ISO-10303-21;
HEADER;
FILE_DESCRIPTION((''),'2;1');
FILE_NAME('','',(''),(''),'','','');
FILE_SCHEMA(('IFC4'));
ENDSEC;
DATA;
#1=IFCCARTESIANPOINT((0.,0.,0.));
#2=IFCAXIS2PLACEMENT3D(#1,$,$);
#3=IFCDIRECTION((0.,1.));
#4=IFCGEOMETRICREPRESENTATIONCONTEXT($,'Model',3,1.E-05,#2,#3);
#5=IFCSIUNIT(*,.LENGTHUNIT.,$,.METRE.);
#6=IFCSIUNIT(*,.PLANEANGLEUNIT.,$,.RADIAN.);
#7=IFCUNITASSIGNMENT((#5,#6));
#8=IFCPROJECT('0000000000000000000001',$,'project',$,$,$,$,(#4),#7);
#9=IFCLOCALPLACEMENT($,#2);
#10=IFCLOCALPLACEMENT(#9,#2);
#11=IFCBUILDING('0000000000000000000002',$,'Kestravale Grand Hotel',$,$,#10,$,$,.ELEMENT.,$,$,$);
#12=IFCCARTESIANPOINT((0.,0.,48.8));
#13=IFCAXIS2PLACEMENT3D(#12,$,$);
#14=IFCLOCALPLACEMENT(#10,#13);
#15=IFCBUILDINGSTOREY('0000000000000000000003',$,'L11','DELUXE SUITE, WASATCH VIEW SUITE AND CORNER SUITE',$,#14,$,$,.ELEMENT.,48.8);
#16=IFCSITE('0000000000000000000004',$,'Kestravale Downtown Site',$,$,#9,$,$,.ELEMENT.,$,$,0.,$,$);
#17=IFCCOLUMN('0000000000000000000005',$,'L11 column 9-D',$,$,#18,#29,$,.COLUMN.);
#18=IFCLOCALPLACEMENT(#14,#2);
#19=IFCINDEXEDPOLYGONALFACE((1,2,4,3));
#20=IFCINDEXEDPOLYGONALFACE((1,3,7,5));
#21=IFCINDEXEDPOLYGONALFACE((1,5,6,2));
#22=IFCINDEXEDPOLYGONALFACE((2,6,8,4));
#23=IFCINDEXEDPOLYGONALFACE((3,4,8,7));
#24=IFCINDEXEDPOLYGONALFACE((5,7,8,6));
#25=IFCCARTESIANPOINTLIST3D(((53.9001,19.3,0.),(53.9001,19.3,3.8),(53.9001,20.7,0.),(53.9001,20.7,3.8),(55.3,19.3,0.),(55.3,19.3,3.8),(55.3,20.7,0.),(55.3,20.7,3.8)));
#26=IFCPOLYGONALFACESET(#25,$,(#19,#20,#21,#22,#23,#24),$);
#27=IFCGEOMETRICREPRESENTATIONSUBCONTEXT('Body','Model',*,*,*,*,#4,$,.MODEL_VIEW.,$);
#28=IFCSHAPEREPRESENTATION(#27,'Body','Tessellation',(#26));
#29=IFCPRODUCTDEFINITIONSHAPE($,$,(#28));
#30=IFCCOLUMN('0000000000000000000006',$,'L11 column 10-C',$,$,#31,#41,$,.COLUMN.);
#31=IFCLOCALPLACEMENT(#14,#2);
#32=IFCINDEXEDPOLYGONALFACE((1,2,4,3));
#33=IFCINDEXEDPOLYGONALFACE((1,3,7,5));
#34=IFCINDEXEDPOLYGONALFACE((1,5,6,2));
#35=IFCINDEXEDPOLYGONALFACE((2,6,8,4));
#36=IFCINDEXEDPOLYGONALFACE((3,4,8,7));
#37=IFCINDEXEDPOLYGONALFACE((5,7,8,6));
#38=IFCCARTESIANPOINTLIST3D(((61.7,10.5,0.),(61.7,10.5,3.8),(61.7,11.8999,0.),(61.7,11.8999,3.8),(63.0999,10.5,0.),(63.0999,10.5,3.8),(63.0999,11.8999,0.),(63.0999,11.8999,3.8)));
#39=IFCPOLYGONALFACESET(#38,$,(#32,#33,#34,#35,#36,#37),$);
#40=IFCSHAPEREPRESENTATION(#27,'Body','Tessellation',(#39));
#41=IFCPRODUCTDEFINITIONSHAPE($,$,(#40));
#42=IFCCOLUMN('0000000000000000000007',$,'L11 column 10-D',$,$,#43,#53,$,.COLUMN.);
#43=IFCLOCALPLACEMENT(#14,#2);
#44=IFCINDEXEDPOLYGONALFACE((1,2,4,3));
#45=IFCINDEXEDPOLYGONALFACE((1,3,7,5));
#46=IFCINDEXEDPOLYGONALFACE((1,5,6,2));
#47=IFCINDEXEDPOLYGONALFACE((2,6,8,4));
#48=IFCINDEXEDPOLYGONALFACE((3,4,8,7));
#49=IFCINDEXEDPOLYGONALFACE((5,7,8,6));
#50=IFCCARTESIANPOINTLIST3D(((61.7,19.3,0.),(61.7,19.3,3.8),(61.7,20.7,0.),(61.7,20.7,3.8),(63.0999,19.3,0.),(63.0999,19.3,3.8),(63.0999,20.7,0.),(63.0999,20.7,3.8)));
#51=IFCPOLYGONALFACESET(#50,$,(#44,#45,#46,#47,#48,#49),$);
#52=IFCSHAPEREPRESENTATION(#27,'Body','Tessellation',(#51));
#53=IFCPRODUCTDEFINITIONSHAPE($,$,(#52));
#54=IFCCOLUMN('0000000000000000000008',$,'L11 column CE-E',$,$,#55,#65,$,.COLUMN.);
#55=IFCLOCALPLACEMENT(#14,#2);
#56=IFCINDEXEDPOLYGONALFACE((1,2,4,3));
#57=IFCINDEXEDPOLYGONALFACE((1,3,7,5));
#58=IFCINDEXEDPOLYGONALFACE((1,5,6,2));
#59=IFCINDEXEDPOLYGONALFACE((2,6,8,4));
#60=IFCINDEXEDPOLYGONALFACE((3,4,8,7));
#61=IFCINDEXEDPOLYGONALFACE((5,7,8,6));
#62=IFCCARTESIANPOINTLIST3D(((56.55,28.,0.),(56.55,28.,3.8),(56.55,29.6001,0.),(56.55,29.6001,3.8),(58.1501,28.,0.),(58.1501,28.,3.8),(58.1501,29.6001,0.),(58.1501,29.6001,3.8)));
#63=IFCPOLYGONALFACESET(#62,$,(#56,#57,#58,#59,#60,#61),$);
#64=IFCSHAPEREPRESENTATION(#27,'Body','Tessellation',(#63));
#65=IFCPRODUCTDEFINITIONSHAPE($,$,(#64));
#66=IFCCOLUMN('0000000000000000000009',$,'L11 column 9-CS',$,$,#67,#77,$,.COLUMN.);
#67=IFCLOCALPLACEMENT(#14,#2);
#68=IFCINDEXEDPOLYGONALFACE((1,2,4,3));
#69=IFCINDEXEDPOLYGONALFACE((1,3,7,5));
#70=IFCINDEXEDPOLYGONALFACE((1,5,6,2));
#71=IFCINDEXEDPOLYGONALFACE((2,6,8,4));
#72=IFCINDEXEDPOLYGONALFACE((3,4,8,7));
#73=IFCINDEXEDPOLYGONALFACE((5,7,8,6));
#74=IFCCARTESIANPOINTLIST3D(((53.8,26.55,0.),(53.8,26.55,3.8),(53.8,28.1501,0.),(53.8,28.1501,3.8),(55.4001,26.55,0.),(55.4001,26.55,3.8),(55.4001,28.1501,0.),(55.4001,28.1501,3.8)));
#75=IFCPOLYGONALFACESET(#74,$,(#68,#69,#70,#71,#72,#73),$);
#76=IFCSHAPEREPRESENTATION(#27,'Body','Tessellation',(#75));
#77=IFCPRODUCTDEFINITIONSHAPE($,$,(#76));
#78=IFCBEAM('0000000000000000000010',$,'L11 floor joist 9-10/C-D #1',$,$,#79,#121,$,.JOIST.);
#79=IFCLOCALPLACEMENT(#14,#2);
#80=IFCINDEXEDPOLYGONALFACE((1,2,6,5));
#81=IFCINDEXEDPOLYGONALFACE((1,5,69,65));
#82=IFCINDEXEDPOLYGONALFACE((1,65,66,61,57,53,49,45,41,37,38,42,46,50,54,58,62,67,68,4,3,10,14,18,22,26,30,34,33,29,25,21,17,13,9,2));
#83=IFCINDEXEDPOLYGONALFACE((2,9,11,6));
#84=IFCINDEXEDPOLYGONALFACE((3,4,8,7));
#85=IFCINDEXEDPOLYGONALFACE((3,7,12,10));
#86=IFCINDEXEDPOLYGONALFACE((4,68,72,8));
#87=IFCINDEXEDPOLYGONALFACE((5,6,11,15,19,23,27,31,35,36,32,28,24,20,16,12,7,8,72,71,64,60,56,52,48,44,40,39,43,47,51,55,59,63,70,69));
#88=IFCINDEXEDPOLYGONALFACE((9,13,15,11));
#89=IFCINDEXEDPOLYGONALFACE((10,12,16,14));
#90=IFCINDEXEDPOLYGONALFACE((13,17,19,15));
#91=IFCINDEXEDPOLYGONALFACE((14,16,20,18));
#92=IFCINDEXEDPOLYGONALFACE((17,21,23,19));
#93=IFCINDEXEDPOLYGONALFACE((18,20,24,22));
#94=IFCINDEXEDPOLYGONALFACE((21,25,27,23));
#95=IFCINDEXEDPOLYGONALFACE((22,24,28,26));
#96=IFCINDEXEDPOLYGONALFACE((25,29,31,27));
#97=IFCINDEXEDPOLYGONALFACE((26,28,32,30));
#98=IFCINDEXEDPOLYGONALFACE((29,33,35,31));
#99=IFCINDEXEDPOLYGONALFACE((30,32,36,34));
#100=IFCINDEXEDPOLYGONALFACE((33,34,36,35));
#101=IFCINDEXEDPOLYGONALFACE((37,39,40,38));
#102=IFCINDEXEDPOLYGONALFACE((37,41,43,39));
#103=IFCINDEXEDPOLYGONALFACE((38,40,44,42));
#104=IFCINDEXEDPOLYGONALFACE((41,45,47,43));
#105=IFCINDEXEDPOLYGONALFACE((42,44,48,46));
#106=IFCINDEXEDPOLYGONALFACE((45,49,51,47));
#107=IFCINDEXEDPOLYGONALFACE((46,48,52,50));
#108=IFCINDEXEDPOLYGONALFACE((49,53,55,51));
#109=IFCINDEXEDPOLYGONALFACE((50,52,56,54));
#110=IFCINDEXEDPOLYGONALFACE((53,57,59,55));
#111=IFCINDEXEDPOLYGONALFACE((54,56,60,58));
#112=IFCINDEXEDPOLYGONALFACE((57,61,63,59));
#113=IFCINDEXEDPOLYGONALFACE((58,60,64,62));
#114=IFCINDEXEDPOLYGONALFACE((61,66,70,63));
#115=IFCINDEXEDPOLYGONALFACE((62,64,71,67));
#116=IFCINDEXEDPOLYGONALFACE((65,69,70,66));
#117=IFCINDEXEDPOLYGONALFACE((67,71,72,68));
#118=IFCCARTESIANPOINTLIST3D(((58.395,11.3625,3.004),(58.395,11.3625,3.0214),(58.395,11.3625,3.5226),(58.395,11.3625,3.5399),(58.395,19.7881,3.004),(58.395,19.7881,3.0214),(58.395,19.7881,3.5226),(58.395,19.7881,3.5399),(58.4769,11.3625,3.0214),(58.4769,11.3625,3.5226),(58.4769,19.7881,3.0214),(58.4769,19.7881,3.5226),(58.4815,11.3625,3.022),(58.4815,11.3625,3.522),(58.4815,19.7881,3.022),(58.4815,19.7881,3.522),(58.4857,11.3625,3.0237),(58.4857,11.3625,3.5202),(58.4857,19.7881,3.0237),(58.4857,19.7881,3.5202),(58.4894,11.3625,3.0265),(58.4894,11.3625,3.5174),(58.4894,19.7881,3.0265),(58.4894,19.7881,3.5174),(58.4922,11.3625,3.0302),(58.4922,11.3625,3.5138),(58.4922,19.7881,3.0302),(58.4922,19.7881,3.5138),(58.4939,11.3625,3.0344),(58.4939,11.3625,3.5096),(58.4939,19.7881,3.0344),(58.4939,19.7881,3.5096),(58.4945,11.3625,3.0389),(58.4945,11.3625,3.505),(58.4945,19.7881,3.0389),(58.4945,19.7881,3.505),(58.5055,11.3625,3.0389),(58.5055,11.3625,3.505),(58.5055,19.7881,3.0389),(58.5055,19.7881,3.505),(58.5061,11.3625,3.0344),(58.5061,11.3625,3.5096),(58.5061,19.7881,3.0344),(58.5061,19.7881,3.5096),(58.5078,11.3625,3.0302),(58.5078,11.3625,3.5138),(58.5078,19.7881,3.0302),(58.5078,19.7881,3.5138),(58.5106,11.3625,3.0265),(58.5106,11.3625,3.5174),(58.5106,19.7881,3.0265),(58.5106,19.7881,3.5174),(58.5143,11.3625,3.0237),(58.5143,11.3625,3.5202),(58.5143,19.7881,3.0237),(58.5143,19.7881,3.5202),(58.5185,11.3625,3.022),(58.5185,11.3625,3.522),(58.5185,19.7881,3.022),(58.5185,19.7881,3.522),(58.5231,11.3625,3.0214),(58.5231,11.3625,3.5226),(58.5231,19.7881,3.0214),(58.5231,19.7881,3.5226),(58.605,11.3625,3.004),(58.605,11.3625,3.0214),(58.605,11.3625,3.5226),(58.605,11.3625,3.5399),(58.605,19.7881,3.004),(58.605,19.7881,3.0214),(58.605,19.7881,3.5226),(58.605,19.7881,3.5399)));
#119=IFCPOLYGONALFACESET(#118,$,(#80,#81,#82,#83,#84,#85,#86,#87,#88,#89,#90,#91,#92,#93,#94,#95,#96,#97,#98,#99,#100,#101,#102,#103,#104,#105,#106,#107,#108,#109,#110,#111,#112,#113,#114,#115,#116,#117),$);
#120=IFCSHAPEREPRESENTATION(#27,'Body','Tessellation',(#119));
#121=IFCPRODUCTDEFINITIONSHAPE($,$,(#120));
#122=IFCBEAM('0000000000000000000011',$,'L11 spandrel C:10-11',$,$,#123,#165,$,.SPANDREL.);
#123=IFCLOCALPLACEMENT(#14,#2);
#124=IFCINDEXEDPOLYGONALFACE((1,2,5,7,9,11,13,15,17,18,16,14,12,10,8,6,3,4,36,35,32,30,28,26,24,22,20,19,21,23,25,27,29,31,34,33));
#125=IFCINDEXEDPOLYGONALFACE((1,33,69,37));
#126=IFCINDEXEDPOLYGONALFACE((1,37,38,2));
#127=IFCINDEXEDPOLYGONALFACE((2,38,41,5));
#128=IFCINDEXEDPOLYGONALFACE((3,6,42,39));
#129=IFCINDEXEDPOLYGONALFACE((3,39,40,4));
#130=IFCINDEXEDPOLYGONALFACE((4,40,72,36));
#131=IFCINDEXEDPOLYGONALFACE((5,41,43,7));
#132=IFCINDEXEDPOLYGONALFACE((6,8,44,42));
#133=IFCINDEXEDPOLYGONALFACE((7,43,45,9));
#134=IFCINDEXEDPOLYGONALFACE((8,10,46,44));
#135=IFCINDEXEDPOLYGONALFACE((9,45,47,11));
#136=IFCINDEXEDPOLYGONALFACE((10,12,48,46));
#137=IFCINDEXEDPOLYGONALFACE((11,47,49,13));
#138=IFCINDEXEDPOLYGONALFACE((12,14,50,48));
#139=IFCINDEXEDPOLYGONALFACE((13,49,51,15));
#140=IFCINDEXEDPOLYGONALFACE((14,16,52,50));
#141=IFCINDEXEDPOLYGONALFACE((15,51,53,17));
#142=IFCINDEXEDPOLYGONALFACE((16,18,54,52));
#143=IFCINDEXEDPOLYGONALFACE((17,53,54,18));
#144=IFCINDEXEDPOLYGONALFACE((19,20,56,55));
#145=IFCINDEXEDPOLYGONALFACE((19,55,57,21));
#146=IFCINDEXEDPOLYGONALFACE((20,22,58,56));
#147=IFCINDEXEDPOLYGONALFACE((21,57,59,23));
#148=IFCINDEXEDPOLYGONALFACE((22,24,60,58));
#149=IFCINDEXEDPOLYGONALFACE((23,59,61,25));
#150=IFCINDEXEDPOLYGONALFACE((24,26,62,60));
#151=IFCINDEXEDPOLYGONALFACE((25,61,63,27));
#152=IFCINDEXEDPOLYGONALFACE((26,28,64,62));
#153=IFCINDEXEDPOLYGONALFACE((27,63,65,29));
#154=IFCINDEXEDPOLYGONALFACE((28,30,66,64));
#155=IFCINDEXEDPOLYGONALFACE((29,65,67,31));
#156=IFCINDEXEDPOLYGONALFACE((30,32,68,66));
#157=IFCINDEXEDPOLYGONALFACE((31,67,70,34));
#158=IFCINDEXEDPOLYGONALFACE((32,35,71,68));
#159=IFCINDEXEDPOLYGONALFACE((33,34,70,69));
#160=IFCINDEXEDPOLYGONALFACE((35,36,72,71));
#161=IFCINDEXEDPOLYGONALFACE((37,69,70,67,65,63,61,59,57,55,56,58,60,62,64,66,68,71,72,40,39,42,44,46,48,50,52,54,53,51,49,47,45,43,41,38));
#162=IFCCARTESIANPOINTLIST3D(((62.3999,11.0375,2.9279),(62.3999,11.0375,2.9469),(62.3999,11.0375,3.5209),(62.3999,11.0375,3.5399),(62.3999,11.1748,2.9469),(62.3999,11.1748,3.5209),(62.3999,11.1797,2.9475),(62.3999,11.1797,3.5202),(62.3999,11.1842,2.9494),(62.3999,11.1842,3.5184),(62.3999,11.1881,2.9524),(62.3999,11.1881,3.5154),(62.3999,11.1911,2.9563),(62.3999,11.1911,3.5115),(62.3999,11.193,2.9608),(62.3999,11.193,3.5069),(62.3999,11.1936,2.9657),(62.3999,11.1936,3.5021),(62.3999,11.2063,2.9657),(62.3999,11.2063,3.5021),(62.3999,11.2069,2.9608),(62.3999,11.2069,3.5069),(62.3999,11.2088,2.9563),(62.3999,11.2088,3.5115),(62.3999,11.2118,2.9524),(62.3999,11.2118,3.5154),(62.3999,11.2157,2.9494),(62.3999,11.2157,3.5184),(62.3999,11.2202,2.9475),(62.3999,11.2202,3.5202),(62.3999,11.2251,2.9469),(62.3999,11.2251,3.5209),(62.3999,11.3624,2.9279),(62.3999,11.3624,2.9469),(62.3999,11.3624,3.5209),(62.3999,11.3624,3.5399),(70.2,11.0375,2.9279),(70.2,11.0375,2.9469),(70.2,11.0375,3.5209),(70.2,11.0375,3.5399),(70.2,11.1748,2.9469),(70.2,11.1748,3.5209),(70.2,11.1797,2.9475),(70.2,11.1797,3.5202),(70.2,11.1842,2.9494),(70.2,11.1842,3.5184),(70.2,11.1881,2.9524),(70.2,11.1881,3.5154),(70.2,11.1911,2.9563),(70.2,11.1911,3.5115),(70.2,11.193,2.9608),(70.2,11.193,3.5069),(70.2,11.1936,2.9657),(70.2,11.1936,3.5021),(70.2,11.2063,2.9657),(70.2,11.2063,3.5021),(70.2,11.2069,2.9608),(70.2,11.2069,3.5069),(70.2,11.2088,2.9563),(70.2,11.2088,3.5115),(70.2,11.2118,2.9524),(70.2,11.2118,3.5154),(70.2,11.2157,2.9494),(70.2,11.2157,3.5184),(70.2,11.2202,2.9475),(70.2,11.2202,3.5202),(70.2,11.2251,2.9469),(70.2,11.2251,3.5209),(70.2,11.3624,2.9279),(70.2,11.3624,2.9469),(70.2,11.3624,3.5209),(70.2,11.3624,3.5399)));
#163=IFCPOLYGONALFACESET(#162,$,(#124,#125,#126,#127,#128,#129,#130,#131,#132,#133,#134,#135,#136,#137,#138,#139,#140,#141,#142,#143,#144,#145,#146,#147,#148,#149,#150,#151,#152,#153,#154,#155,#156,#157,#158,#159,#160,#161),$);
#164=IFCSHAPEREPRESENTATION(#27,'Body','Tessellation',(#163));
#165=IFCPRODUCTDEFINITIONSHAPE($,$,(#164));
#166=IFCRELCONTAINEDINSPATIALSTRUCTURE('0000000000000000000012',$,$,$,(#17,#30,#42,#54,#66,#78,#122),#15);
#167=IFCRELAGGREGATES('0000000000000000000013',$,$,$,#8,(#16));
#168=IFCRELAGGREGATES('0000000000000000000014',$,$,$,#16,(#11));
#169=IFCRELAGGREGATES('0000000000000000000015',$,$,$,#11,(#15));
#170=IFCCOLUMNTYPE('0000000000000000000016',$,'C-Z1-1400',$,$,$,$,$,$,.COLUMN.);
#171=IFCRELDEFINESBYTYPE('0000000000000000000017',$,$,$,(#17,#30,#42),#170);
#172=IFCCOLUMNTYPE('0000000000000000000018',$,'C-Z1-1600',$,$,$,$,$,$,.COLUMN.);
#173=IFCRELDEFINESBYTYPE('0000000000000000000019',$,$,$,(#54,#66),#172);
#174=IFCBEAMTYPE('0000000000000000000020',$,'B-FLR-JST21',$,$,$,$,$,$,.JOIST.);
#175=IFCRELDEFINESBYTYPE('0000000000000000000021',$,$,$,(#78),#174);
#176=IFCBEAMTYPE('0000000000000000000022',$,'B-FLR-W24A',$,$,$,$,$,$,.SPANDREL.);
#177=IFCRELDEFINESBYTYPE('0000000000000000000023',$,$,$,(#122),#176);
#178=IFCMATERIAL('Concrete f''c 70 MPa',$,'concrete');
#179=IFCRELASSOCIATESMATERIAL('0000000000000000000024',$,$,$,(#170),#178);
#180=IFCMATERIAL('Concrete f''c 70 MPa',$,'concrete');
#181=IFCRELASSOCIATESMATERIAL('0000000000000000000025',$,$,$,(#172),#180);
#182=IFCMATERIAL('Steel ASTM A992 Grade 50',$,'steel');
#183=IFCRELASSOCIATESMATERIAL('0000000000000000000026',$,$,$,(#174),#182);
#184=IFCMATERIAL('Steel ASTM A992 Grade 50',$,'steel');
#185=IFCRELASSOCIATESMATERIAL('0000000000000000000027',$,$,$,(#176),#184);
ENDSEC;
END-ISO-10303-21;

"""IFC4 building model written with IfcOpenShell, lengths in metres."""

from ifc_helpers import new_model, si_unit, direction, frame, origin, origin_2d, place, context, subcontext, project, spatial, rectangle, i_section, extrude, material, material_profile, profile_set, type_object, element, save


model = new_model("IFC4")

# Units and contexts
model_context = context("Model", 3, precision=1e-05, world=origin(), true_north=direction((0.0, 1.0)))
body_context = subcontext(model_context, "Body", "Model", "MODEL_VIEW")
ifc_project = project(units=[si_unit("LENGTHUNIT", "METRE"), si_unit("PLANEANGLEUNIT", "RADIAN")], contexts=[model_context])

# Site, building, storey
site_placement = place(None, origin())
site = spatial("IfcSite", under=ifc_project, at=site_placement, Name="Kestravale Downtown Site", CompositionType="ELEMENT", RefElevation=0.0)
building_placement = place(site_placement, origin())
building = spatial("IfcBuilding", under=site, at=building_placement, Name="Kestravale Grand Hotel", CompositionType="ELEMENT")
storey_placement = place(building_placement, frame((0.0, 0.0, 48.8)))
storey = spatial("IfcBuildingStorey", under=building, at=storey_placement, Name="L11", Description="DELUXE SUITE, WASATCH VIEW SUITE AND CORNER SUITE", CompositionType="ELEMENT", Elevation=48.8)

# Columns
ifc_material_1 = material(Name="Concrete f'c 70 MPa", Category="concrete")
ifc_material_profile_1 = material_profile(ifc_material_1, rectangle(XDim=1.3999, YDim=1.3999, at=origin_2d()))
ifc_profile_set_1 = profile_set([ifc_material_profile_1], Name="Concrete f'c 70 MPa")
column_type_1 = type_object("IfcColumnType", Name="C-Z1-1400", PredefinedType="COLUMN", material=ifc_profile_set_1)
for number, where, z_axis, x_axis, name in (
    (1, (54.6001, 20.0, 0.0), (0.0, 0.0, 1.0), (1.0, 0.0, 0.0), "L11 column 9-D"),
    (2, (62.3999, 11.2, 0.0), (0.0, 0.0, 1.0), (1.0, 0.0, 0.0), "L11 column 10-C"),
    (3, (62.3999, 20.0, 0.0), (0.0, 0.0, 1.0), (1.0, 0.0, 0.0), "L11 column 10-D"),
):
    element("IfcColumn", number, at=place(storey_placement, frame(where, z_axis=z_axis, x_axis=x_axis)), inside=storey, type_object=column_type_1, Name=name, PredefinedType="COLUMN", context=body_context, shape_type="SweptSolid", body=[
        extrude(rectangle(XDim=1.3999, YDim=1.3999, at=origin_2d()), origin(), (0.0, 0.0, 1.0), 3.8),
    ])
ifc_material_2 = material(Name="Concrete f'c 70 MPa", Category="concrete")
ifc_material_profile_2 = material_profile(ifc_material_2, rectangle(XDim=1.6001, YDim=1.6001, at=origin_2d()))
ifc_profile_set_2 = profile_set([ifc_material_profile_2], Name="Concrete f'c 70 MPa")
column_type_2 = type_object("IfcColumnType", Name="C-Z1-1600", PredefinedType="COLUMN", material=ifc_profile_set_2)
for number, where, z_axis, x_axis, name in (
    (4, (57.3501, 28.8, 0.0), (0.0, 0.0, 1.0), (1.0, 0.0, 0.0), "L11 column CE-E"),
    (5, (54.6001, 27.3501, 0.0), (0.0, 0.0, 1.0), (1.0, 0.0, 0.0), "L11 column 9-CS"),
):
    element("IfcColumn", number, at=place(storey_placement, frame(where, z_axis=z_axis, x_axis=x_axis)), inside=storey, type_object=column_type_2, Name=name, PredefinedType="COLUMN", context=body_context, shape_type="SweptSolid", body=[
        extrude(rectangle(XDim=1.6001, YDim=1.6001, at=origin_2d()), origin(), (0.0, 0.0, 1.0), 3.8),
    ])

# Beams
ifc_material_3 = material(Name="Steel ASTM A992 Grade 50", Category="steel")
ifc_material_profile_3 = material_profile(ifc_material_3, i_section(OverallWidth=0.21, OverallDepth=0.5359, WebThickness=0.011, FlangeThickness=0.0173, FilletRadius=0.0176, at=origin_2d()))
ifc_profile_set_3 = profile_set([ifc_material_profile_3], Name="Steel ASTM A992 Grade 50")
beam_type_1 = type_object("IfcBeamType", Name="B-FLR-JST21", PredefinedType="JOIST", material=ifc_profile_set_3)
beam_1_placement = place(storey_placement, frame((58.5, 11.3625, 3.272), z_axis=(0.0, 1.0, 0.0), x_axis=(-1.0, 0.0, 0.0)))
element("IfcBeam", 6, at=beam_1_placement, inside=storey, type_object=beam_type_1, Name="L11 floor joist 9-10/C-D #1", PredefinedType="JOIST", context=body_context, shape_type="SweptSolid", body=[
    extrude(i_section(OverallWidth=0.21, OverallDepth=0.5359, WebThickness=0.011, FlangeThickness=0.0173, FilletRadius=0.0176, at=origin_2d()), origin(), (0.0, 0.0, 1.0), 8.4255),
])
ifc_material_4 = material(Name="Steel ASTM A992 Grade 50", Category="steel")
ifc_material_profile_4 = material_profile(ifc_material_4, i_section(OverallWidth=0.325, OverallDepth=0.6121, WebThickness=0.0127, FlangeThickness=0.019, FilletRadius=0.0188, at=origin_2d()))
ifc_profile_set_4 = profile_set([ifc_material_profile_4], Name="Steel ASTM A992 Grade 50")
beam_type_2 = type_object("IfcBeamType", Name="B-FLR-W24A", PredefinedType="SPANDREL", material=ifc_profile_set_4)
beam_2_placement = place(storey_placement, frame((62.3999, 11.2, 3.2339), z_axis=(1.0, 0.0, 0.0), x_axis=(0.0, 1.0, 0.0)))
element("IfcBeam", 7, at=beam_2_placement, inside=storey, type_object=beam_type_2, Name="L11 spandrel C:10-11", PredefinedType="SPANDREL", context=body_context, shape_type="SweptSolid", body=[
    extrude(i_section(OverallWidth=0.325, OverallDepth=0.6121, WebThickness=0.0127, FlangeThickness=0.019, FilletRadius=0.0188, at=origin_2d()), origin(), (0.0, 0.0, 1.0), 7.8),
])

save(model, "model.ifc")
